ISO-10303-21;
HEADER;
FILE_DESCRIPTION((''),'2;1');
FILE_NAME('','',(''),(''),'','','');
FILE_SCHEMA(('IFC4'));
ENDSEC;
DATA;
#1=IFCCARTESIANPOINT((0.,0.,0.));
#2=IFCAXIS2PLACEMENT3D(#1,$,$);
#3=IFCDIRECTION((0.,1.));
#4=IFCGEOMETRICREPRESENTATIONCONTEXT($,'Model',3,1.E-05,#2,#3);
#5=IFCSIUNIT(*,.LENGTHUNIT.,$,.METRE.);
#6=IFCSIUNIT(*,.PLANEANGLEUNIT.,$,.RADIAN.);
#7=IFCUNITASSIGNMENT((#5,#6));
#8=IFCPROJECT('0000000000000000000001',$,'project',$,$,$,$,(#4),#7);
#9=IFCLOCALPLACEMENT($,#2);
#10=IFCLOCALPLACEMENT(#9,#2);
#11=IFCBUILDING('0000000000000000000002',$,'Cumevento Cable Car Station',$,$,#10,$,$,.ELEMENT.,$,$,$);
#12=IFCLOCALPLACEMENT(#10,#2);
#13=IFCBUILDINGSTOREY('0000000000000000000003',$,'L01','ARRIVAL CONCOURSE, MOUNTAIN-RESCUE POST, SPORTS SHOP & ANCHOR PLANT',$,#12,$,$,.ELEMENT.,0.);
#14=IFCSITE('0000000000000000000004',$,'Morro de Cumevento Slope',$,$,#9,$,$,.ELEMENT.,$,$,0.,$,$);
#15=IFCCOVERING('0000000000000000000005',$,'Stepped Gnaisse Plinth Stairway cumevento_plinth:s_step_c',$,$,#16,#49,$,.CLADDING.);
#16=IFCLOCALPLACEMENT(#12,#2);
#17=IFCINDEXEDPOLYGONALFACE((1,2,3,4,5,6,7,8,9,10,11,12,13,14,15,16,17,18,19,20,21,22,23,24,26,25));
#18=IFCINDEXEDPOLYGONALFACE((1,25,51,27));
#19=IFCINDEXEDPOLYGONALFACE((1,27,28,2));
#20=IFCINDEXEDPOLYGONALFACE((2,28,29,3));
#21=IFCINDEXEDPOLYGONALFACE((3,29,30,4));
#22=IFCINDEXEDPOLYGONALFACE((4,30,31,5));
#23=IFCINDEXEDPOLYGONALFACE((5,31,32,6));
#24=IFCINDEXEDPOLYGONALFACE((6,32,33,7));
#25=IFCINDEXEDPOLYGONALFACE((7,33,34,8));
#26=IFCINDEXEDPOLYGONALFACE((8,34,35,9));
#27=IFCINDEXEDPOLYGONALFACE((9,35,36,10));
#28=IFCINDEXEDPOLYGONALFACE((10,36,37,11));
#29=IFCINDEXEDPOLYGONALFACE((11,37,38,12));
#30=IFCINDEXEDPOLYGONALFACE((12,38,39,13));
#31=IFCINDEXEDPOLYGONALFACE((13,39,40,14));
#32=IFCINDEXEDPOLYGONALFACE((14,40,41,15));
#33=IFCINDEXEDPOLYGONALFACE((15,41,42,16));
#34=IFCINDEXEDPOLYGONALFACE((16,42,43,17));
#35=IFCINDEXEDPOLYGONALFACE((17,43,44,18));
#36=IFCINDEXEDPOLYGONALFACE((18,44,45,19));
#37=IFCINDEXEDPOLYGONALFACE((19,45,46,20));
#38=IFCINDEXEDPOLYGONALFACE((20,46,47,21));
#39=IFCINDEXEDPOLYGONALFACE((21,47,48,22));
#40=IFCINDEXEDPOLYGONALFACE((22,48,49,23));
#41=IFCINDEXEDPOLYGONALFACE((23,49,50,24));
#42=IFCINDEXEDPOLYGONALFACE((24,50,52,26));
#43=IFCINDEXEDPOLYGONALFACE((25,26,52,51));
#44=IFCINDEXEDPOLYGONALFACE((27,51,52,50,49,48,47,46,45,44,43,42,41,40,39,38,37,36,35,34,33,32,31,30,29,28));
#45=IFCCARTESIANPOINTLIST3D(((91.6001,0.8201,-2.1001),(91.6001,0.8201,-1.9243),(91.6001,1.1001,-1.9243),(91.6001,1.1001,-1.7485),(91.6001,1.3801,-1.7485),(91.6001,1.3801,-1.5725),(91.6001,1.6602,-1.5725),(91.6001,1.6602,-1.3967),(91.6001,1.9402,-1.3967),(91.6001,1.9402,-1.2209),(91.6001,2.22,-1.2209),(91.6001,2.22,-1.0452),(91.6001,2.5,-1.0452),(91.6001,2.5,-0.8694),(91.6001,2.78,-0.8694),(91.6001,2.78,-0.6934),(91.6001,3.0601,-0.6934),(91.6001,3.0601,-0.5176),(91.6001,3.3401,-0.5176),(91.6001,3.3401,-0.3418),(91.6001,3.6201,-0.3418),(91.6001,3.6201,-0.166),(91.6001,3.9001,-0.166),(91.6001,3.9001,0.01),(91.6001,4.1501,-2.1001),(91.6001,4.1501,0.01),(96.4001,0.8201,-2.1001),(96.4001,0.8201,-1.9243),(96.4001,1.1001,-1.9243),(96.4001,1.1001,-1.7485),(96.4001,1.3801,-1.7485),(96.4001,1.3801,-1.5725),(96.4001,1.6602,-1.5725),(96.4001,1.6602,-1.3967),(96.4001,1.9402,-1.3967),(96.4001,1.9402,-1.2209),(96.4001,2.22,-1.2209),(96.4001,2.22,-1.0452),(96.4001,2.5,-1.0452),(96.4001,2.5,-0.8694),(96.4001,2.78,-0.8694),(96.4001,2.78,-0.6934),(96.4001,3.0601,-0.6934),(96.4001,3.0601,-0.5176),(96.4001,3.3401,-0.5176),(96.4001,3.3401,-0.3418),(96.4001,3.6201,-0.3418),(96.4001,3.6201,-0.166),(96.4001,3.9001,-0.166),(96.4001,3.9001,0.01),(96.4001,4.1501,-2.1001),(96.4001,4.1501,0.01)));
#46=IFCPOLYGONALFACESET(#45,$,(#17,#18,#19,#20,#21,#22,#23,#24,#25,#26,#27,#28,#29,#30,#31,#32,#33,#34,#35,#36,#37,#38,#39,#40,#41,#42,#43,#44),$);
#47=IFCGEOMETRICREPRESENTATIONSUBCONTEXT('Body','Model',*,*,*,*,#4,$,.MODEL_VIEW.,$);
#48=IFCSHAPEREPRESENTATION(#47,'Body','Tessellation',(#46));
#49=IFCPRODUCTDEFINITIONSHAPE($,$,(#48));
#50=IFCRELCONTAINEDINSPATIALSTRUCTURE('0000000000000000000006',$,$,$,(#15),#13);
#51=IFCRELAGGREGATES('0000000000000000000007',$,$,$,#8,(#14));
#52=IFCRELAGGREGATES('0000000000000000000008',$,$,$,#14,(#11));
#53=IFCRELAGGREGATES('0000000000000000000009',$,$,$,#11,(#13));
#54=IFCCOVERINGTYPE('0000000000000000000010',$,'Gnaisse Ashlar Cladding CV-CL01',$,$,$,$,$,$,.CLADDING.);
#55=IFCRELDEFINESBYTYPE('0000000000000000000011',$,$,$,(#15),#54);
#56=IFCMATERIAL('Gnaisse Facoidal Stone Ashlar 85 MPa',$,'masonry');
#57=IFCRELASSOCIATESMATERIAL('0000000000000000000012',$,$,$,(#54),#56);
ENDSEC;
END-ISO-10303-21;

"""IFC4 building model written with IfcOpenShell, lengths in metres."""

from ifc_helpers import new_model, si_unit, direction, frame, origin, place, context, subcontext, project, spatial, polyline, outline, extrude, material, type_object, element, save


model = new_model("IFC4")

# Units and contexts
model_context = context("Model", 3, precision=1e-05, world=origin(), true_north=direction((0.0, 1.0)))
body_context = subcontext(model_context, "Body", "Model", "MODEL_VIEW")
ifc_project = project(units=[si_unit("LENGTHUNIT", "METRE"), si_unit("PLANEANGLEUNIT", "RADIAN")], contexts=[model_context])

# Site, building, storey
site_placement = place(None, origin())
site = spatial("IfcSite", under=ifc_project, at=site_placement, Name="Morro de Cumevento Slope", CompositionType="ELEMENT", RefElevation=0.0)
building_placement = place(site_placement, origin())
building = spatial("IfcBuilding", under=site, at=building_placement, Name="Cumevento Cable Car Station", CompositionType="ELEMENT")
storey_placement = place(building_placement, origin())
storey = spatial("IfcBuildingStorey", under=building, at=storey_placement, Name="L01", Description="ARRIVAL CONCOURSE, MOUNTAIN-RESCUE POST, SPORTS SHOP & ANCHOR PLANT", CompositionType="ELEMENT", Elevation=0.0)

# Covering
ifc_material_1 = material(Name="Gnaisse Facoidal Stone Ashlar 85 MPa", Category="masonry")
covering_type = type_object("IfcCoveringType", Name="Gnaisse Ashlar Cladding CV-CL01", PredefinedType="CLADDING", material=ifc_material_1)
covering_1_placement = place(storey_placement, frame((94.0, 0.8201, -2.1001), z_axis=(0.0, 0.0, 1.0), x_axis=(0.0, 1.0, 0.0)))
element("IfcCovering", 1, at=covering_1_placement, inside=storey, type_object=covering_type, Name="Stepped Gnaisse Plinth Stairway cumevento_plinth:s_step_c", PredefinedType="CLADDING", context=body_context, shape_type="SweptSolid", body=[
    extrude(outline(polyline([(0.0, 0.0), (0.0, 0.1758), (0.28, 0.1758), (0.28, 0.3516), (0.5601, 0.3516), (0.5601, 0.5276), (0.8401, 0.5276), (0.8401, 0.7034), (1.1201, 0.7034), (1.1201, 0.8792), (1.3999, 0.8792), (1.3999, 1.0549), (1.6799, 1.0549), (1.6799, 1.2307), (1.96, 1.2307), (1.96, 1.4067), (2.24, 1.4067), (2.24, 1.5825), (2.52, 1.5825), (2.52, 1.7583), (2.8, 1.7583), (2.8, 1.9341), (3.0801, 1.9341), (3.0801, 2.1101), (3.3301, 2.1101), (3.3301, 0.0), (0.0, 0.0)])), frame((0.0, 2.3999, 0.0), z_axis=(0.0, -1.0, 0.0), x_axis=(1.0, 0.0, 0.0)), (0.0, 0.0, 1.0), 4.8),
])

save(model, "model.ifc")
